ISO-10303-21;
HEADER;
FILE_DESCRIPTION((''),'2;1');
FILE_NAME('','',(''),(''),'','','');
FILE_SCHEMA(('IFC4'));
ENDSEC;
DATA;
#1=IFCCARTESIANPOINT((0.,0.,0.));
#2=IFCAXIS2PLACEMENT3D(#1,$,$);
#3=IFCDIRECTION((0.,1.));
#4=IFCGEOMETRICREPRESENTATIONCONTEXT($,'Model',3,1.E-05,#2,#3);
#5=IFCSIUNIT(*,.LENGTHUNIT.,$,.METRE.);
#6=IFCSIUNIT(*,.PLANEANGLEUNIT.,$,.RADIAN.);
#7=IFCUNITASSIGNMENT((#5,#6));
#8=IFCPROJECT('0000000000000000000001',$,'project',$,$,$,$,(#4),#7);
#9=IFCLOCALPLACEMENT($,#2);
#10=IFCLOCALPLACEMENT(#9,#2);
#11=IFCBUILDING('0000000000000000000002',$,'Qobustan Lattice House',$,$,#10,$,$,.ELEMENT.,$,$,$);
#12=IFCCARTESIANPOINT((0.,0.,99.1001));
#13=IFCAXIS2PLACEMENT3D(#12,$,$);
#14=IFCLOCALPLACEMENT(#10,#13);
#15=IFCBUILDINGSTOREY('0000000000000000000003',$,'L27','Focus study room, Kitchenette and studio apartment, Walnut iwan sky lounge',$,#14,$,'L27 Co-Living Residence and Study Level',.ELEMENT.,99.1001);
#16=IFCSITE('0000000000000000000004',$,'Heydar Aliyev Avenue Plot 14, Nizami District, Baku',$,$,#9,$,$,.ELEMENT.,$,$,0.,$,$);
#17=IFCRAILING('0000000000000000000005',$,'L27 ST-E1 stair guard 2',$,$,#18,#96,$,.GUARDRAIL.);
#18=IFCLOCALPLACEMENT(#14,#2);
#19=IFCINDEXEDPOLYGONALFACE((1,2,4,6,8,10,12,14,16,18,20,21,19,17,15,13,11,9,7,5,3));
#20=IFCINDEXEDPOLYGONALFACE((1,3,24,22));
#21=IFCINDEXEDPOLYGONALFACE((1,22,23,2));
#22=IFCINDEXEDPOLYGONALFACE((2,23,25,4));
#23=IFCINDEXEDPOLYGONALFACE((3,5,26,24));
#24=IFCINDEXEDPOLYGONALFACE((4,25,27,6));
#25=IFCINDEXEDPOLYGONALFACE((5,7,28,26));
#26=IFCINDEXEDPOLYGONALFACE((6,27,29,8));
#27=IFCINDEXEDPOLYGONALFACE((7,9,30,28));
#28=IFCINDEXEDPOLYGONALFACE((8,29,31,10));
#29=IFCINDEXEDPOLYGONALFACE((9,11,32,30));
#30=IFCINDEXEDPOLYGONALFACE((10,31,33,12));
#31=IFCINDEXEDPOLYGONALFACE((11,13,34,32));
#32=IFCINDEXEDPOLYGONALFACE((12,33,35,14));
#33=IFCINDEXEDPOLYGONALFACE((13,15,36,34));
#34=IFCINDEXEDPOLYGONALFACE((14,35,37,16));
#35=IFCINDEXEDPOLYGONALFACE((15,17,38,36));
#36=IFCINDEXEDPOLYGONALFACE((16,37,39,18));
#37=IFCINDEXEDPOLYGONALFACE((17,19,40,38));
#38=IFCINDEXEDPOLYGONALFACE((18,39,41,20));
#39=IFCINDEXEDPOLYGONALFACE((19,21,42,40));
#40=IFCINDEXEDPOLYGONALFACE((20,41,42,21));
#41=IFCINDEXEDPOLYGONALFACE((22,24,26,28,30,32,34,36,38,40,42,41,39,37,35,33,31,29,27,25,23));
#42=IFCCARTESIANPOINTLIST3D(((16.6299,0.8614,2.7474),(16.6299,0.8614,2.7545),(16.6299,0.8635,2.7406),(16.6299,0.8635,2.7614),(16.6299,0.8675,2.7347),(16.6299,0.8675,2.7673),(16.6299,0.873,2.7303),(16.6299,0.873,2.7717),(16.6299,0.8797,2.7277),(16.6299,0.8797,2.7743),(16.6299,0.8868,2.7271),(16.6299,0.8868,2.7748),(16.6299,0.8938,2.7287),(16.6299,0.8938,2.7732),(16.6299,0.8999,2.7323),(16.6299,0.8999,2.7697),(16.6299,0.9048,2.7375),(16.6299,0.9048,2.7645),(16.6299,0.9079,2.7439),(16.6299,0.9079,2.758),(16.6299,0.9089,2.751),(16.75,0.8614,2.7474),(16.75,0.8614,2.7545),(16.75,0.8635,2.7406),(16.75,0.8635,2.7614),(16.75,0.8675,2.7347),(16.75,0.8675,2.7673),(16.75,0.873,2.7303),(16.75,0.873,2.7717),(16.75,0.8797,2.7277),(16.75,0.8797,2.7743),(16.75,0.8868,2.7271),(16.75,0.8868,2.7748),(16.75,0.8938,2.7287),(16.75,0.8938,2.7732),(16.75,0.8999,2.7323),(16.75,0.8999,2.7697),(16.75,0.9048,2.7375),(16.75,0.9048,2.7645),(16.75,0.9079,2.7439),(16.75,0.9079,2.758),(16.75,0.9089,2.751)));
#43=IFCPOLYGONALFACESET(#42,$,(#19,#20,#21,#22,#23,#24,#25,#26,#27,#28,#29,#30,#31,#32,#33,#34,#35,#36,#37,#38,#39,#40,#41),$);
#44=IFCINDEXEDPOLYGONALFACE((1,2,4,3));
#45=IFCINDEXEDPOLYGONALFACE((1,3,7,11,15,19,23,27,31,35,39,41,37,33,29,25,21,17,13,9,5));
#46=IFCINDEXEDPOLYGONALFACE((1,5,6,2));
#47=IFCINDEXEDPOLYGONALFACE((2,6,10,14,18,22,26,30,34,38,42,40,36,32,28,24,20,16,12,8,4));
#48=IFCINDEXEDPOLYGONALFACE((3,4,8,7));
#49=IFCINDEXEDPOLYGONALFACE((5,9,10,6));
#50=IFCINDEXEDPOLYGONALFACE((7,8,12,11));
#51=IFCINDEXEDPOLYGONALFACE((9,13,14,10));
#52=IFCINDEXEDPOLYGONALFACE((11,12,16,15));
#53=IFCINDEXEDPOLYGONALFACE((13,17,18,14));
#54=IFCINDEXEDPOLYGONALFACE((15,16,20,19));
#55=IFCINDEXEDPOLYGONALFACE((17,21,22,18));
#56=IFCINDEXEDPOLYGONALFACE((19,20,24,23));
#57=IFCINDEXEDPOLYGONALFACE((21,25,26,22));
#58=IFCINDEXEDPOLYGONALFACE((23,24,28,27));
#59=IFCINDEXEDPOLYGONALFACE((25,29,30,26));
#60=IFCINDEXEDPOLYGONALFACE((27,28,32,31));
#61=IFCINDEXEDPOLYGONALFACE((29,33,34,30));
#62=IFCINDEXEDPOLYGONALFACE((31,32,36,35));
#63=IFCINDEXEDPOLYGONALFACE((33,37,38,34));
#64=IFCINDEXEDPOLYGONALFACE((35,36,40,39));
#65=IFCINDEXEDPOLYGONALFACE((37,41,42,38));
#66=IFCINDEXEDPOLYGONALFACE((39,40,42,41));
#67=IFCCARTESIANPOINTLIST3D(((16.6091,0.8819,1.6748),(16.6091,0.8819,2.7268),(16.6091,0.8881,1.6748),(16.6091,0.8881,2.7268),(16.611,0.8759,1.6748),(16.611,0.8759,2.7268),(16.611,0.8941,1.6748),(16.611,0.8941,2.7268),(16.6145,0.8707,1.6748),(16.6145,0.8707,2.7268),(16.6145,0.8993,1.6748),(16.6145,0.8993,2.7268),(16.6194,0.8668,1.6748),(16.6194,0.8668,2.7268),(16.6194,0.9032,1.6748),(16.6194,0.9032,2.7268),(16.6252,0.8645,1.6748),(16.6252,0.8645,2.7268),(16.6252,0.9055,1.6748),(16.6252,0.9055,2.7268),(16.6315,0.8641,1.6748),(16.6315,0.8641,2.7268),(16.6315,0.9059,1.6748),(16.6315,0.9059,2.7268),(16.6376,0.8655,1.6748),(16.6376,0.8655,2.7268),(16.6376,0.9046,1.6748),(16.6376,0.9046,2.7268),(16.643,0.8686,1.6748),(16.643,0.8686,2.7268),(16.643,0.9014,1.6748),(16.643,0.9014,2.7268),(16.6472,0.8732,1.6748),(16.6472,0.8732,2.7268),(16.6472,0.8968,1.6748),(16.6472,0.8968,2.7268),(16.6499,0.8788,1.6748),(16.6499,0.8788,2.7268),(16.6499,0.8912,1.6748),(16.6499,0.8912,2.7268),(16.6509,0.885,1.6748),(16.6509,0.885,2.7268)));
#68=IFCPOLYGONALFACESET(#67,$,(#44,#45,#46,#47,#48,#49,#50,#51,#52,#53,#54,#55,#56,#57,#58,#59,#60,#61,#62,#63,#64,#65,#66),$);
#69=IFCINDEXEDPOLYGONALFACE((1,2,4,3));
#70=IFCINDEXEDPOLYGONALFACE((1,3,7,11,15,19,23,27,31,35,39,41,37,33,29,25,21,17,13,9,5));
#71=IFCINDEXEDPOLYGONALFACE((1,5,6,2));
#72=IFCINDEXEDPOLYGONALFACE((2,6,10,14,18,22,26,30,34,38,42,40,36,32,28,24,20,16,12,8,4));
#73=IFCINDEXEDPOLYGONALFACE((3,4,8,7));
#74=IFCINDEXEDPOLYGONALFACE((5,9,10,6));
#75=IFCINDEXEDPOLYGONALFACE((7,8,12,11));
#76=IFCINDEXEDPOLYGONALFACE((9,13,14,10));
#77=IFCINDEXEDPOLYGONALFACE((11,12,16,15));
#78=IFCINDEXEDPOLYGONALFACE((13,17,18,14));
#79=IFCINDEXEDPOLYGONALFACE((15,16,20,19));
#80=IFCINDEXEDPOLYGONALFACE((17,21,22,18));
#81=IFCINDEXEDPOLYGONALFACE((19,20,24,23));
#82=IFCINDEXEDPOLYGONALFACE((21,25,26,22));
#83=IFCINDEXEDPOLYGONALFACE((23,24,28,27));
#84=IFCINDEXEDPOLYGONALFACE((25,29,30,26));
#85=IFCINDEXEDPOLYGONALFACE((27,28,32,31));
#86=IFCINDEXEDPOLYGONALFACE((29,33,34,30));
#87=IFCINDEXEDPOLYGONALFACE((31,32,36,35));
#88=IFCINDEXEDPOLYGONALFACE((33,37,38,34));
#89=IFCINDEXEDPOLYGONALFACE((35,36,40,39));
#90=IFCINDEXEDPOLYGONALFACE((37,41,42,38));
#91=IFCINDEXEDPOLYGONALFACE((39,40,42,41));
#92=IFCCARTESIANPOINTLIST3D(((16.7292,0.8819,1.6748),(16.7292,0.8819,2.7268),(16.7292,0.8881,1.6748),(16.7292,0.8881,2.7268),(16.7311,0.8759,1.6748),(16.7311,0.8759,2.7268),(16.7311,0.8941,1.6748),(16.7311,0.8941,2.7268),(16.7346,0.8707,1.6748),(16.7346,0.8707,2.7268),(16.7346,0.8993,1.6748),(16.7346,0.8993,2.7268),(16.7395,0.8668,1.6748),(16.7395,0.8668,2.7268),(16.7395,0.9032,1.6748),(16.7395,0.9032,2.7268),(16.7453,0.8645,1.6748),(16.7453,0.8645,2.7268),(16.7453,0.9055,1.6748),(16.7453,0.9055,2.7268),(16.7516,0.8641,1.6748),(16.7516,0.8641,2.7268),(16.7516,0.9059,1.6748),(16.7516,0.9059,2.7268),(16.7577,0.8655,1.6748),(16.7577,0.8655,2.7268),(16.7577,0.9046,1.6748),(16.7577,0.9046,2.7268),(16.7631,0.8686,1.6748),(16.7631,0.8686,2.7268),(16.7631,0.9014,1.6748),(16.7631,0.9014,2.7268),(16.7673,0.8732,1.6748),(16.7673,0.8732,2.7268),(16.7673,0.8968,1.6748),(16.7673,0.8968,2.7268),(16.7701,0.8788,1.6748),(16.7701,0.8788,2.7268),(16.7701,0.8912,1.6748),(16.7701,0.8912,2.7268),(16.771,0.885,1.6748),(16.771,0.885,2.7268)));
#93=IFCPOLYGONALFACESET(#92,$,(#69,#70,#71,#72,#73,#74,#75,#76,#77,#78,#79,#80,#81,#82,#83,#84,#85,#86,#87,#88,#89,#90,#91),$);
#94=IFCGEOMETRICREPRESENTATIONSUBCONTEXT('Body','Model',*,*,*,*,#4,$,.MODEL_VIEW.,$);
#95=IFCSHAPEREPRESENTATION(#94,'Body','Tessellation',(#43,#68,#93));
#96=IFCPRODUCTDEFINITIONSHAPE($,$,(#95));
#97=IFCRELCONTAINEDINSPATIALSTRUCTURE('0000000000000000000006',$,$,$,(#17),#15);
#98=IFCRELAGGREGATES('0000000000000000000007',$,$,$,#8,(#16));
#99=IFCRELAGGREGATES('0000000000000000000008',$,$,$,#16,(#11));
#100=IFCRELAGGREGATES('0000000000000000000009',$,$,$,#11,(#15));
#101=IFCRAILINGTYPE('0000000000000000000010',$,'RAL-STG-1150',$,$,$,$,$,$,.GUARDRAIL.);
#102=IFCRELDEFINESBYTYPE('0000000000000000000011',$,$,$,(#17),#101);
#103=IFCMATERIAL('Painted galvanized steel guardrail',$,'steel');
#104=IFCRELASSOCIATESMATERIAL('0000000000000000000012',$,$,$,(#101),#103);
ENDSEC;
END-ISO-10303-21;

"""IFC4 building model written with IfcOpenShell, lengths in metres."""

from ifc_helpers import new_model, si_unit, direction, frame, origin, origin_2d, place, context, subcontext, project, spatial, circle, extrude, material, type_object, element, save


model = new_model("IFC4")

# Units and contexts
model_context = context("Model", 3, precision=1e-05, world=origin(), true_north=direction((0.0, 1.0)))
body_context = subcontext(model_context, "Body", "Model", "MODEL_VIEW")
ifc_project = project(units=[si_unit("LENGTHUNIT", "METRE"), si_unit("PLANEANGLEUNIT", "RADIAN")], contexts=[model_context])

# Site, building, storey
site_placement = place(None, origin())
site = spatial("IfcSite", under=ifc_project, at=site_placement, Name="Heydar Aliyev Avenue Plot 14, Nizami District, Baku", CompositionType="ELEMENT", RefElevation=0.0)
building_placement = place(site_placement, origin())
building = spatial("IfcBuilding", under=site, at=building_placement, Name="Qobustan Lattice House", CompositionType="ELEMENT")
storey_placement = place(building_placement, frame((0.0, 0.0, 99.1001)))
storey = spatial("IfcBuildingStorey", under=building, at=storey_placement, Name="L27", Description="Focus study room, Kitchenette and studio apartment, Walnut iwan sky lounge", LongName="L27 Co-Living Residence and Study Level", CompositionType="ELEMENT", Elevation=99.1001)

# Railing
ifc_material_1 = material(Name="Painted galvanized steel guardrail", Category="steel")
railing_type_1 = type_object("IfcRailingType", Name="RAL-STG-1150", PredefinedType="GUARDRAIL", material=ifc_material_1)
railing_1_placement = place(storey_placement, frame((16.6299, 0.885, 1.6748)))
element("IfcRailing", 1, at=railing_1_placement, inside=storey, type_object=railing_type_1, Name="L27 ST-E1 stair guard 2", PredefinedType="GUARDRAIL", context=body_context, shape_type="SweptSolid", body=[
    extrude(circle(Radius=0.0239, at=origin_2d()), frame((0.0, 0.0, 1.0762), z_axis=(1.0, 0.0, 0.0), x_axis=(0.0, 1.0, 0.0)), (0.0, 0.0, 1.0), 0.1201),
    extrude(circle(Radius=0.021, at=origin_2d()), origin(), (0.0, 0.0, 1.0), 1.052),
    extrude(circle(Radius=0.021, at=origin_2d()), frame((0.1201, 0.0, 0.0)), (0.0, 0.0, 1.0), 1.052),
])

save(model, "model.ifc")
